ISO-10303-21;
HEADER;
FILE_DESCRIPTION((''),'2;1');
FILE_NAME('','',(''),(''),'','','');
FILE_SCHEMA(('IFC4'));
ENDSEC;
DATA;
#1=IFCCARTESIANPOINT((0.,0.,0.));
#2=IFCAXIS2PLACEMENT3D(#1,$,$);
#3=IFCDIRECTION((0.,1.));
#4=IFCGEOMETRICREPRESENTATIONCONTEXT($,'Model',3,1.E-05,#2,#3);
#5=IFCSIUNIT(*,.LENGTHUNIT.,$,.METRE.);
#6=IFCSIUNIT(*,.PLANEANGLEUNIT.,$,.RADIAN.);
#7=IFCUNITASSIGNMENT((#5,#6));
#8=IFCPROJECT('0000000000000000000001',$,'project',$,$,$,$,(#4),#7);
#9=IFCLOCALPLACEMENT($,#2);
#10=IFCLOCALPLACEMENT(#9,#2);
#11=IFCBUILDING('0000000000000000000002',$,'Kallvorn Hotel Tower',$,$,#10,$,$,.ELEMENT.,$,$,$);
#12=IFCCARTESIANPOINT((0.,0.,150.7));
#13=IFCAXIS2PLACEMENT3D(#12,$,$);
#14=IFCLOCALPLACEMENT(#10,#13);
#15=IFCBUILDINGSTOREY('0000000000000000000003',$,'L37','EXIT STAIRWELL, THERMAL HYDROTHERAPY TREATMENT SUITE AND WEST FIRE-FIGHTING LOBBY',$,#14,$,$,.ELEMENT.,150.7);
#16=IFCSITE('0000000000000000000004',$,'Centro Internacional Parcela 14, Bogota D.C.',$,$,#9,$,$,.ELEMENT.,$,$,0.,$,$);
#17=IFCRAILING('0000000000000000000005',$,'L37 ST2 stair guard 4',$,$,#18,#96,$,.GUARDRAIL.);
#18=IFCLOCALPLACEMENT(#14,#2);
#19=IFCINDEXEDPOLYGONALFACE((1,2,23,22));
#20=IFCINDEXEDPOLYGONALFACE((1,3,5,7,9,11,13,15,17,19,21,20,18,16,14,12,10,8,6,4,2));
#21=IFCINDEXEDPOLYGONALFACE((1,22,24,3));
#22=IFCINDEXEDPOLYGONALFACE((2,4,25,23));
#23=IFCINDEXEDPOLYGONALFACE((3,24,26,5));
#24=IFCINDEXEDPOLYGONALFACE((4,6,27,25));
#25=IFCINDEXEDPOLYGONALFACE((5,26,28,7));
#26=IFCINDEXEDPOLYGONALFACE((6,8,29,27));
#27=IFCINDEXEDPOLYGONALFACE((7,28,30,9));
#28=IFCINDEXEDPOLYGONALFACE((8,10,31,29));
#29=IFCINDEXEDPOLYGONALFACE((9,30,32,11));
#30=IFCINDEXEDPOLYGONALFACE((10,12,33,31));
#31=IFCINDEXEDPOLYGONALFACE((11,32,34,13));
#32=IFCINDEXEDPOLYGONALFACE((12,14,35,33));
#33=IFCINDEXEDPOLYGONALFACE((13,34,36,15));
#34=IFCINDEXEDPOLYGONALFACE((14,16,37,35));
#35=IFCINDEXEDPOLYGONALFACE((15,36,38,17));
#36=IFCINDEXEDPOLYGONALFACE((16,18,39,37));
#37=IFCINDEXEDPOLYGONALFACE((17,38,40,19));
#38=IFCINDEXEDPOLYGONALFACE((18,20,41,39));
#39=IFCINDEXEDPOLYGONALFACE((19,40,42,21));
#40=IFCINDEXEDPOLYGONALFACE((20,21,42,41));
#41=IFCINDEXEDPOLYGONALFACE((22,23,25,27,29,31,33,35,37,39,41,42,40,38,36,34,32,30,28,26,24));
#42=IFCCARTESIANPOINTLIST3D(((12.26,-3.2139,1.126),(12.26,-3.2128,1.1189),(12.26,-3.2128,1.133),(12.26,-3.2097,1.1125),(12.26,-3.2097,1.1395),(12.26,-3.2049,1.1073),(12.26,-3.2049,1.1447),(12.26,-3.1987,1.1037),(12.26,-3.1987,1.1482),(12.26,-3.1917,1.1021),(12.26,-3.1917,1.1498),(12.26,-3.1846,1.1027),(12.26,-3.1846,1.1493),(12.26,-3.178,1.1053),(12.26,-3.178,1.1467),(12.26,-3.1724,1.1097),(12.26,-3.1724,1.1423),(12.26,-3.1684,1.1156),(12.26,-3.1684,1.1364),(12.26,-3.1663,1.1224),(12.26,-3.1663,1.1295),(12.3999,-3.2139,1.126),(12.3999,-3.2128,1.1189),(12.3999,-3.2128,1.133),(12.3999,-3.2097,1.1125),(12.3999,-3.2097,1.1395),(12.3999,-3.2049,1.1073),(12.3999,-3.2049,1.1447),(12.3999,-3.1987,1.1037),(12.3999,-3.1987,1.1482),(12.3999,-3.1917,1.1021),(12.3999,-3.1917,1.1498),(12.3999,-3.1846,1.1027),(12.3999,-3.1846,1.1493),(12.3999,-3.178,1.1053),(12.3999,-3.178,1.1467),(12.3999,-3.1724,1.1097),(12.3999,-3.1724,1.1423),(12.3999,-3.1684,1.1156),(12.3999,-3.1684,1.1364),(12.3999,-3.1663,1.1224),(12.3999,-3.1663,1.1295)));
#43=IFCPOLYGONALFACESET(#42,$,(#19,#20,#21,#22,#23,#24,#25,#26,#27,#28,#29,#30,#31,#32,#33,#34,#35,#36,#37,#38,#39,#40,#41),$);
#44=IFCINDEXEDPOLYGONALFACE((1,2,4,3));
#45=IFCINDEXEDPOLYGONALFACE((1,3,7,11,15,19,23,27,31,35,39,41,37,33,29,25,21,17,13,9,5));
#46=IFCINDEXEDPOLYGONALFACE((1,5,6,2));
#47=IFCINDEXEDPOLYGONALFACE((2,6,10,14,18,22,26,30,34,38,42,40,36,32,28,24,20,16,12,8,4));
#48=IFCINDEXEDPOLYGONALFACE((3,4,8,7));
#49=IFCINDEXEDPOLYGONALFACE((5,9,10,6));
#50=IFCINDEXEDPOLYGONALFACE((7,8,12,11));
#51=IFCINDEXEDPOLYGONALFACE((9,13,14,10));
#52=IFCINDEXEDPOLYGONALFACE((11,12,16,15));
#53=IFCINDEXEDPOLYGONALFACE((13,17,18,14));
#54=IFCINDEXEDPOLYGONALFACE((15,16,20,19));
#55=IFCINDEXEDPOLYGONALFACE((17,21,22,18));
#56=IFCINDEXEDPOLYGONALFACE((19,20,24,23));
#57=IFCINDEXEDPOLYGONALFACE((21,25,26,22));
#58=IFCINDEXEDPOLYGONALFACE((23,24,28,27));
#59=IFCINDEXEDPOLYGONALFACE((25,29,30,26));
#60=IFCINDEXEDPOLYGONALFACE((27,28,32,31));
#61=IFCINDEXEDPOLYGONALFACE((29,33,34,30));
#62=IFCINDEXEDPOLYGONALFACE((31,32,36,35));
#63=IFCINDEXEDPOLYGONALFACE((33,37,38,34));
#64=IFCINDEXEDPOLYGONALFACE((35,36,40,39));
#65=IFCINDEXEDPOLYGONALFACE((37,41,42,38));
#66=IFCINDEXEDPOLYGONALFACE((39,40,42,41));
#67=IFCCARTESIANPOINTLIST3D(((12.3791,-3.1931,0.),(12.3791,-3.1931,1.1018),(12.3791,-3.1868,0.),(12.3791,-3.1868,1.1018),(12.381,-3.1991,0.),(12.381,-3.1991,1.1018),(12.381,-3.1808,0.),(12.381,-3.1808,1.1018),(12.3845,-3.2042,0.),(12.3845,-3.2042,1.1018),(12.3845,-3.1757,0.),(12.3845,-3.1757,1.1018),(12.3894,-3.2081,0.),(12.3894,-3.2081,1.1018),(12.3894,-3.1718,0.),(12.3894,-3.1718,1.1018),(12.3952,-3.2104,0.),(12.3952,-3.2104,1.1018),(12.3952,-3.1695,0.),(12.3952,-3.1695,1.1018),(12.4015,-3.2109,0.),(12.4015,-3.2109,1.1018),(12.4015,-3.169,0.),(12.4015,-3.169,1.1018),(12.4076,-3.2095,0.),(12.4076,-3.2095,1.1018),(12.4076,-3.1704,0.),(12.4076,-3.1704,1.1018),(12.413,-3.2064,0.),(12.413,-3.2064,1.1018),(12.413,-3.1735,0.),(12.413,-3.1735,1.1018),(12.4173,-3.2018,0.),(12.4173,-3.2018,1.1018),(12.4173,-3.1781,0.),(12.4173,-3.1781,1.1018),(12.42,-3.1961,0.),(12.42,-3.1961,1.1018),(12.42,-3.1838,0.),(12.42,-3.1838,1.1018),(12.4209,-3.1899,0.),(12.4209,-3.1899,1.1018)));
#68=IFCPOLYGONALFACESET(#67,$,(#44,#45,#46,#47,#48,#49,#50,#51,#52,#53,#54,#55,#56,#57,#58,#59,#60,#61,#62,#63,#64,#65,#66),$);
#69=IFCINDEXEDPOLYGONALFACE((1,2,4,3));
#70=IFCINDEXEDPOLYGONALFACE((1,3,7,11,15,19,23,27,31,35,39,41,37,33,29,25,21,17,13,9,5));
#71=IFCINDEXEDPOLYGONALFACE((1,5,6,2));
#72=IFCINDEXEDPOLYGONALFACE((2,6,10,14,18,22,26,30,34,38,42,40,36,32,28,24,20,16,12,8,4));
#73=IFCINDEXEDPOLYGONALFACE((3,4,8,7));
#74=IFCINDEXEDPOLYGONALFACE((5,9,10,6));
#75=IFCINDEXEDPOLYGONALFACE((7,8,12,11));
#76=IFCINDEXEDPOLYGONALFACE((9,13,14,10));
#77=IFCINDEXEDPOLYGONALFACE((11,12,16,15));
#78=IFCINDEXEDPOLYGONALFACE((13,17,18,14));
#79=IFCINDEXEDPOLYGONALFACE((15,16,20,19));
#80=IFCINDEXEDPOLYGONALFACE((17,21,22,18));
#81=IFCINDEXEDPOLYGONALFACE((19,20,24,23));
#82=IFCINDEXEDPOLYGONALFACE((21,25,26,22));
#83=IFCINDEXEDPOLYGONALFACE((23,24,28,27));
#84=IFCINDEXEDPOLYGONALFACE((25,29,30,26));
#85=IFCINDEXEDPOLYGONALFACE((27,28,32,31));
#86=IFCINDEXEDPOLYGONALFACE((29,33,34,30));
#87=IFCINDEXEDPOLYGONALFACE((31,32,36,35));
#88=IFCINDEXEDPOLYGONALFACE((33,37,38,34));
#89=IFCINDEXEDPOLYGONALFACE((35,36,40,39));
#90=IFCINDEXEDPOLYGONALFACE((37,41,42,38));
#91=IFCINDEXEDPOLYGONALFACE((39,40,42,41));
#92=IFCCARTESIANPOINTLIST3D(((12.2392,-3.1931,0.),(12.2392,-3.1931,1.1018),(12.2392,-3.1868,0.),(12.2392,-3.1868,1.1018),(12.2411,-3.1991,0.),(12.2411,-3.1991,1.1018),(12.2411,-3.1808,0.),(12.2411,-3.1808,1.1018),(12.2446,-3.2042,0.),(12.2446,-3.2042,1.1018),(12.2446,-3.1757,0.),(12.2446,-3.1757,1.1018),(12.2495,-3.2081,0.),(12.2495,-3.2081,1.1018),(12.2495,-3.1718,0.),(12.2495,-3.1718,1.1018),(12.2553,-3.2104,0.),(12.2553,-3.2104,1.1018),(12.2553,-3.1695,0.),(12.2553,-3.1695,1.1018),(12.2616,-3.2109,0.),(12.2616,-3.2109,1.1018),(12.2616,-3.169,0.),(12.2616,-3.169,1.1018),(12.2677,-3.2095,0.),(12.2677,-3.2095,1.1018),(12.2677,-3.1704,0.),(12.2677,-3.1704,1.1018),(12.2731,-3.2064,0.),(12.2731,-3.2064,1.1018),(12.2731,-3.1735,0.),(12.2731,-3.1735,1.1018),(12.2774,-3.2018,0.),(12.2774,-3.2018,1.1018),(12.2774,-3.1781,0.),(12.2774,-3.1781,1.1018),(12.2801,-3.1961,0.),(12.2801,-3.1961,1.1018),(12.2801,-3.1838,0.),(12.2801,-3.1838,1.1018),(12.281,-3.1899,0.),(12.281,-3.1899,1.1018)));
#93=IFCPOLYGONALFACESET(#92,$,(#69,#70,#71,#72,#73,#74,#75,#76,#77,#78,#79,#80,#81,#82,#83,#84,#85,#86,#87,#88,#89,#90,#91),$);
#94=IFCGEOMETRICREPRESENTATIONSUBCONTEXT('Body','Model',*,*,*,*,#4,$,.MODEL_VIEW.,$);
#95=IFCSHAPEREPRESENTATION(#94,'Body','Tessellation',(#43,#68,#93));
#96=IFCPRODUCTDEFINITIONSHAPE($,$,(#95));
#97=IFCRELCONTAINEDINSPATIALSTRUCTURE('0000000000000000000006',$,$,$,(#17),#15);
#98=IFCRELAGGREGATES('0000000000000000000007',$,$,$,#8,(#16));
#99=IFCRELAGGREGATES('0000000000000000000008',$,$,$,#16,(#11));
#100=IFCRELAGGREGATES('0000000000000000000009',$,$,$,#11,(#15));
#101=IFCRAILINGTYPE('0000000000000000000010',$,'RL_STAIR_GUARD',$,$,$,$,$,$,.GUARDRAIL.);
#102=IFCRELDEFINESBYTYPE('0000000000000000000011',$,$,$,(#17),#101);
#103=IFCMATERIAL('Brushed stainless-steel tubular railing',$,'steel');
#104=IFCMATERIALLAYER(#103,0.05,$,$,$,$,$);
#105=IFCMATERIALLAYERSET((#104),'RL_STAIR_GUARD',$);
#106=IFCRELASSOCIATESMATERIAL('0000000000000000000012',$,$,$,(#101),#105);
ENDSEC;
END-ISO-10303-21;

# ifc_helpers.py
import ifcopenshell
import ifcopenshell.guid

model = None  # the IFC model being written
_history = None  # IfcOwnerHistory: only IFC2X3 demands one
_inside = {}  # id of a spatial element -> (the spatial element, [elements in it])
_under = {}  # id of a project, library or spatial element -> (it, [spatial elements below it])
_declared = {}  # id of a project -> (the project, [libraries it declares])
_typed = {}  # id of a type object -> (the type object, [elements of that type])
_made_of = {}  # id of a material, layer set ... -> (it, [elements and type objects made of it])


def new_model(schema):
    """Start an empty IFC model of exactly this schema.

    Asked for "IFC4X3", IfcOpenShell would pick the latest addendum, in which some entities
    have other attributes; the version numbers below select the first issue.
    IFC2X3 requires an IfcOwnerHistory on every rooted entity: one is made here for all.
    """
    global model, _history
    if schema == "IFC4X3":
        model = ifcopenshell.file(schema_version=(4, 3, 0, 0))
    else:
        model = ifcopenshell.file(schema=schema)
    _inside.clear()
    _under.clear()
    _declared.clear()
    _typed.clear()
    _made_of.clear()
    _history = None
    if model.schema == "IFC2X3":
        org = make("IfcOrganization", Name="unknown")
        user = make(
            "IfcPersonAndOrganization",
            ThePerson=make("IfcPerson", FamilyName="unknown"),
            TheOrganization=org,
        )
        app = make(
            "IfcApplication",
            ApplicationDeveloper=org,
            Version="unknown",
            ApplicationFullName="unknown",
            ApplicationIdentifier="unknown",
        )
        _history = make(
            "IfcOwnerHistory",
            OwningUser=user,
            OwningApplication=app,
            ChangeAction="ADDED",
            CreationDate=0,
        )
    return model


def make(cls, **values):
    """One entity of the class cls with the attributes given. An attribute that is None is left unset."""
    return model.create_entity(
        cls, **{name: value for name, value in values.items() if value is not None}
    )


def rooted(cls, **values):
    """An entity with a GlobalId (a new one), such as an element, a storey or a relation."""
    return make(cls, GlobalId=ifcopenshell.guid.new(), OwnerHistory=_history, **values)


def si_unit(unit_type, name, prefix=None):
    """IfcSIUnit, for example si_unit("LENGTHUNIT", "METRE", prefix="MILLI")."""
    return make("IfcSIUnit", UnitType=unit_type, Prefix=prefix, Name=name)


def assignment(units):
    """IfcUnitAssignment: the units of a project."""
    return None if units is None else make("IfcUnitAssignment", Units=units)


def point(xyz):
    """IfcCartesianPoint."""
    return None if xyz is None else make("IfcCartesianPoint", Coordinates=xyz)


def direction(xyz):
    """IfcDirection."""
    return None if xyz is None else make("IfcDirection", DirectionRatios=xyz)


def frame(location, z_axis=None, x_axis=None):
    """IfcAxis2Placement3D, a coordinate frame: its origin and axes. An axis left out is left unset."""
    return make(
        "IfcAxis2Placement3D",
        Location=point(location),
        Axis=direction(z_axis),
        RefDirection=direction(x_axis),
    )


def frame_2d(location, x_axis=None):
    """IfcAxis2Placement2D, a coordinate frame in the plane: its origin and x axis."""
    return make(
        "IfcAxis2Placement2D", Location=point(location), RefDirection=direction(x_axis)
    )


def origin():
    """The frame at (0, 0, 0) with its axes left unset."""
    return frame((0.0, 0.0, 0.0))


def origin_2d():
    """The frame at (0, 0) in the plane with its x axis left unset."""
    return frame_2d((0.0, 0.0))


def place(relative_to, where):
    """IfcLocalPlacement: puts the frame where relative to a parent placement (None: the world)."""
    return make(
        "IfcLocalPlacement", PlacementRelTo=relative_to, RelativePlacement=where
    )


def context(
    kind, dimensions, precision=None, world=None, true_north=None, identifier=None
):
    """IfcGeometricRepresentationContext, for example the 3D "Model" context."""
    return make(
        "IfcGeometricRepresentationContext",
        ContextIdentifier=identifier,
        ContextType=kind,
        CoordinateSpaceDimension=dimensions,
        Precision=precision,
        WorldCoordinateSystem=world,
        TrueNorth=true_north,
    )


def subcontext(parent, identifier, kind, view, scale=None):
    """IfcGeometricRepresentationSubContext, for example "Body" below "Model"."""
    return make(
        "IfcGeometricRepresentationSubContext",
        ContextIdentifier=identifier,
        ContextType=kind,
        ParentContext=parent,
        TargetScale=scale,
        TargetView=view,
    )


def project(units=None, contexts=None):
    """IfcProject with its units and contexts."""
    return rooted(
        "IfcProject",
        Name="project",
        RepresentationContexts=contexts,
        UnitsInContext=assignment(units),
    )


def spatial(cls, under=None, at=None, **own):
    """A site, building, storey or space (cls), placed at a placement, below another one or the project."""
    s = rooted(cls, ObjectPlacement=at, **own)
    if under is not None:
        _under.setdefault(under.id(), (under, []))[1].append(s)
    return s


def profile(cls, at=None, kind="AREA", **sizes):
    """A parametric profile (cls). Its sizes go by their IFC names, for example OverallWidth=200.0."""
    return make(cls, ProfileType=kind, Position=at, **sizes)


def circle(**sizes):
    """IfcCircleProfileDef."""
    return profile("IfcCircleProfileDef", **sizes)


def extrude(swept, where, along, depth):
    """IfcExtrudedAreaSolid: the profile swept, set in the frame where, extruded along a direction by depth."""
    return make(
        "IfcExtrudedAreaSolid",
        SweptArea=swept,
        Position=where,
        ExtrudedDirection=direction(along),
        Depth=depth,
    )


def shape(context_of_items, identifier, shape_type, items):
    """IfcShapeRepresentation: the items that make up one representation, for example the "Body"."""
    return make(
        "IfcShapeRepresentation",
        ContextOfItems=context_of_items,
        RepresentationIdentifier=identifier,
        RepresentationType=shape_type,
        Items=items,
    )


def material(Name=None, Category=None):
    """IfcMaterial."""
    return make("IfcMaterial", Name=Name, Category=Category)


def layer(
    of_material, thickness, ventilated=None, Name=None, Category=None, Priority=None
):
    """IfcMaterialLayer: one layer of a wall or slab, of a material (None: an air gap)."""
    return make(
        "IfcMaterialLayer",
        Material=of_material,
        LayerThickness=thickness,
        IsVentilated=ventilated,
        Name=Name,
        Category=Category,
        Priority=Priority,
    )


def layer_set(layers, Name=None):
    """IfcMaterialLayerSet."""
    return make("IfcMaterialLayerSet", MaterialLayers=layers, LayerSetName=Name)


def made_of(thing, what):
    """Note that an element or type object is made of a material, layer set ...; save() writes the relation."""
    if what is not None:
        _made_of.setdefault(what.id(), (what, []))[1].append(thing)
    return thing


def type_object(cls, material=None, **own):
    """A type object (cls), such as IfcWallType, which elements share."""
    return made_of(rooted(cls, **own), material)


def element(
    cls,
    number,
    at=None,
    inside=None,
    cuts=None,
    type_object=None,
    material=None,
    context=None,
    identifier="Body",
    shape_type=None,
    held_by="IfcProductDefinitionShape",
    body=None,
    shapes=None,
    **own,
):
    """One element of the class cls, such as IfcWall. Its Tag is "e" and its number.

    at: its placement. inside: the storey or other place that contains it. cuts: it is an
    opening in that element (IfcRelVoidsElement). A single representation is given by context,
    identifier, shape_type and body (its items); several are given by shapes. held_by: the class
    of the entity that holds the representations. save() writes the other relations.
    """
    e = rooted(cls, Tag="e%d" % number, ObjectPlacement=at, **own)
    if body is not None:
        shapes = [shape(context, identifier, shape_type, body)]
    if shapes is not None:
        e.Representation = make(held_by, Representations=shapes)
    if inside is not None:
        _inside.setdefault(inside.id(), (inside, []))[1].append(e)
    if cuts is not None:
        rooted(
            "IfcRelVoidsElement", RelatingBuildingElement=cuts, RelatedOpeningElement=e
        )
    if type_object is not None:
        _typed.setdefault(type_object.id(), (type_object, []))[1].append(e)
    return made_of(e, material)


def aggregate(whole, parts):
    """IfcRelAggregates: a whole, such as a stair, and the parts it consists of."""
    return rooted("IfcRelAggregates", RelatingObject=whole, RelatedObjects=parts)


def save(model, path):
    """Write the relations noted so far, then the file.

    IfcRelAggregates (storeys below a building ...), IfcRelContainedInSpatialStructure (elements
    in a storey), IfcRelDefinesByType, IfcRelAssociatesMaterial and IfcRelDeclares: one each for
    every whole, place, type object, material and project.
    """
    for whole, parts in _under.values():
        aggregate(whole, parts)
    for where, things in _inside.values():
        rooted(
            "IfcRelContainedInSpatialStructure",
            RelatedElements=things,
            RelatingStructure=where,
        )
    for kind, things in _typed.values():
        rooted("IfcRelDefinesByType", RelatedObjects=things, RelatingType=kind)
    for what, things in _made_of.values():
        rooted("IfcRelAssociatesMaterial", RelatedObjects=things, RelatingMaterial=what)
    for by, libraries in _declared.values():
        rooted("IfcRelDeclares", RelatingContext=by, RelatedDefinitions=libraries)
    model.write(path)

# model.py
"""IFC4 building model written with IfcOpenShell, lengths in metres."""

from ifc_helpers import new_model, si_unit, direction, frame, origin, origin_2d, place, context, subcontext, project, spatial, circle, extrude, material, layer, layer_set, type_object, element, save


model = new_model("IFC4")

# Units and contexts
model_context = context("Model", 3, precision=1e-05, world=origin(), true_north=direction((0.0, 1.0)))
body_context = subcontext(model_context, "Body", "Model", "MODEL_VIEW")
ifc_project = project(units=[si_unit("LENGTHUNIT", "METRE"), si_unit("PLANEANGLEUNIT", "RADIAN")], contexts=[model_context])

# Site, building, storey
site_placement = place(None, origin())
site = spatial("IfcSite", under=ifc_project, at=site_placement, Name="Centro Internacional Parcela 14, Bogota D.C.", CompositionType="ELEMENT", RefElevation=0.0)
building_placement = place(site_placement, origin())
building = spatial("IfcBuilding", under=site, at=building_placement, Name="Kallvorn Hotel Tower", CompositionType="ELEMENT")
storey_placement = place(building_placement, frame((0.0, 0.0, 150.7)))
storey = spatial("IfcBuildingStorey", under=building, at=storey_placement, Name="L37", Description="EXIT STAIRWELL, THERMAL HYDROTHERAPY TREATMENT SUITE AND WEST FIRE-FIGHTING LOBBY", CompositionType="ELEMENT", Elevation=150.7)

# Railing
ifc_material_1 = material(Name="Brushed stainless-steel tubular railing", Category="steel")
ifc_layer_1 = layer(ifc_material_1, 0.05)
ifc_layer_set_1 = layer_set([ifc_layer_1], Name="RL_STAIR_GUARD")
railing_type_1 = type_object("IfcRailingType", Name="RL_STAIR_GUARD", PredefinedType="GUARDRAIL", material=ifc_layer_set_1)
railing_1_placement = place(storey_placement, frame((12.3999, -3.1899, 0.0)))
element("IfcRailing", 1, at=railing_1_placement, inside=storey, type_object=railing_type_1, Name="L37 ST2 stair guard 4", PredefinedType="GUARDRAIL", context=body_context, shape_type="SweptSolid", body=[
    extrude(circle(Radius=0.0239, at=origin_2d()), frame((0.0, 0.0, 1.126), z_axis=(-1.0, 0.0, 0.0), x_axis=(0.0, -1.0, 0.0)), (0.0, 0.0, 1.0), 0.1399),
    extrude(circle(Radius=0.021, at=origin_2d()), origin(), (0.0, 0.0, 1.0), 1.1018),
    extrude(circle(Radius=0.021, at=origin_2d()), frame((-0.1399, 0.0, 0.0)), (0.0, 0.0, 1.0), 1.1018),
])

save(model, "model.ifc")
